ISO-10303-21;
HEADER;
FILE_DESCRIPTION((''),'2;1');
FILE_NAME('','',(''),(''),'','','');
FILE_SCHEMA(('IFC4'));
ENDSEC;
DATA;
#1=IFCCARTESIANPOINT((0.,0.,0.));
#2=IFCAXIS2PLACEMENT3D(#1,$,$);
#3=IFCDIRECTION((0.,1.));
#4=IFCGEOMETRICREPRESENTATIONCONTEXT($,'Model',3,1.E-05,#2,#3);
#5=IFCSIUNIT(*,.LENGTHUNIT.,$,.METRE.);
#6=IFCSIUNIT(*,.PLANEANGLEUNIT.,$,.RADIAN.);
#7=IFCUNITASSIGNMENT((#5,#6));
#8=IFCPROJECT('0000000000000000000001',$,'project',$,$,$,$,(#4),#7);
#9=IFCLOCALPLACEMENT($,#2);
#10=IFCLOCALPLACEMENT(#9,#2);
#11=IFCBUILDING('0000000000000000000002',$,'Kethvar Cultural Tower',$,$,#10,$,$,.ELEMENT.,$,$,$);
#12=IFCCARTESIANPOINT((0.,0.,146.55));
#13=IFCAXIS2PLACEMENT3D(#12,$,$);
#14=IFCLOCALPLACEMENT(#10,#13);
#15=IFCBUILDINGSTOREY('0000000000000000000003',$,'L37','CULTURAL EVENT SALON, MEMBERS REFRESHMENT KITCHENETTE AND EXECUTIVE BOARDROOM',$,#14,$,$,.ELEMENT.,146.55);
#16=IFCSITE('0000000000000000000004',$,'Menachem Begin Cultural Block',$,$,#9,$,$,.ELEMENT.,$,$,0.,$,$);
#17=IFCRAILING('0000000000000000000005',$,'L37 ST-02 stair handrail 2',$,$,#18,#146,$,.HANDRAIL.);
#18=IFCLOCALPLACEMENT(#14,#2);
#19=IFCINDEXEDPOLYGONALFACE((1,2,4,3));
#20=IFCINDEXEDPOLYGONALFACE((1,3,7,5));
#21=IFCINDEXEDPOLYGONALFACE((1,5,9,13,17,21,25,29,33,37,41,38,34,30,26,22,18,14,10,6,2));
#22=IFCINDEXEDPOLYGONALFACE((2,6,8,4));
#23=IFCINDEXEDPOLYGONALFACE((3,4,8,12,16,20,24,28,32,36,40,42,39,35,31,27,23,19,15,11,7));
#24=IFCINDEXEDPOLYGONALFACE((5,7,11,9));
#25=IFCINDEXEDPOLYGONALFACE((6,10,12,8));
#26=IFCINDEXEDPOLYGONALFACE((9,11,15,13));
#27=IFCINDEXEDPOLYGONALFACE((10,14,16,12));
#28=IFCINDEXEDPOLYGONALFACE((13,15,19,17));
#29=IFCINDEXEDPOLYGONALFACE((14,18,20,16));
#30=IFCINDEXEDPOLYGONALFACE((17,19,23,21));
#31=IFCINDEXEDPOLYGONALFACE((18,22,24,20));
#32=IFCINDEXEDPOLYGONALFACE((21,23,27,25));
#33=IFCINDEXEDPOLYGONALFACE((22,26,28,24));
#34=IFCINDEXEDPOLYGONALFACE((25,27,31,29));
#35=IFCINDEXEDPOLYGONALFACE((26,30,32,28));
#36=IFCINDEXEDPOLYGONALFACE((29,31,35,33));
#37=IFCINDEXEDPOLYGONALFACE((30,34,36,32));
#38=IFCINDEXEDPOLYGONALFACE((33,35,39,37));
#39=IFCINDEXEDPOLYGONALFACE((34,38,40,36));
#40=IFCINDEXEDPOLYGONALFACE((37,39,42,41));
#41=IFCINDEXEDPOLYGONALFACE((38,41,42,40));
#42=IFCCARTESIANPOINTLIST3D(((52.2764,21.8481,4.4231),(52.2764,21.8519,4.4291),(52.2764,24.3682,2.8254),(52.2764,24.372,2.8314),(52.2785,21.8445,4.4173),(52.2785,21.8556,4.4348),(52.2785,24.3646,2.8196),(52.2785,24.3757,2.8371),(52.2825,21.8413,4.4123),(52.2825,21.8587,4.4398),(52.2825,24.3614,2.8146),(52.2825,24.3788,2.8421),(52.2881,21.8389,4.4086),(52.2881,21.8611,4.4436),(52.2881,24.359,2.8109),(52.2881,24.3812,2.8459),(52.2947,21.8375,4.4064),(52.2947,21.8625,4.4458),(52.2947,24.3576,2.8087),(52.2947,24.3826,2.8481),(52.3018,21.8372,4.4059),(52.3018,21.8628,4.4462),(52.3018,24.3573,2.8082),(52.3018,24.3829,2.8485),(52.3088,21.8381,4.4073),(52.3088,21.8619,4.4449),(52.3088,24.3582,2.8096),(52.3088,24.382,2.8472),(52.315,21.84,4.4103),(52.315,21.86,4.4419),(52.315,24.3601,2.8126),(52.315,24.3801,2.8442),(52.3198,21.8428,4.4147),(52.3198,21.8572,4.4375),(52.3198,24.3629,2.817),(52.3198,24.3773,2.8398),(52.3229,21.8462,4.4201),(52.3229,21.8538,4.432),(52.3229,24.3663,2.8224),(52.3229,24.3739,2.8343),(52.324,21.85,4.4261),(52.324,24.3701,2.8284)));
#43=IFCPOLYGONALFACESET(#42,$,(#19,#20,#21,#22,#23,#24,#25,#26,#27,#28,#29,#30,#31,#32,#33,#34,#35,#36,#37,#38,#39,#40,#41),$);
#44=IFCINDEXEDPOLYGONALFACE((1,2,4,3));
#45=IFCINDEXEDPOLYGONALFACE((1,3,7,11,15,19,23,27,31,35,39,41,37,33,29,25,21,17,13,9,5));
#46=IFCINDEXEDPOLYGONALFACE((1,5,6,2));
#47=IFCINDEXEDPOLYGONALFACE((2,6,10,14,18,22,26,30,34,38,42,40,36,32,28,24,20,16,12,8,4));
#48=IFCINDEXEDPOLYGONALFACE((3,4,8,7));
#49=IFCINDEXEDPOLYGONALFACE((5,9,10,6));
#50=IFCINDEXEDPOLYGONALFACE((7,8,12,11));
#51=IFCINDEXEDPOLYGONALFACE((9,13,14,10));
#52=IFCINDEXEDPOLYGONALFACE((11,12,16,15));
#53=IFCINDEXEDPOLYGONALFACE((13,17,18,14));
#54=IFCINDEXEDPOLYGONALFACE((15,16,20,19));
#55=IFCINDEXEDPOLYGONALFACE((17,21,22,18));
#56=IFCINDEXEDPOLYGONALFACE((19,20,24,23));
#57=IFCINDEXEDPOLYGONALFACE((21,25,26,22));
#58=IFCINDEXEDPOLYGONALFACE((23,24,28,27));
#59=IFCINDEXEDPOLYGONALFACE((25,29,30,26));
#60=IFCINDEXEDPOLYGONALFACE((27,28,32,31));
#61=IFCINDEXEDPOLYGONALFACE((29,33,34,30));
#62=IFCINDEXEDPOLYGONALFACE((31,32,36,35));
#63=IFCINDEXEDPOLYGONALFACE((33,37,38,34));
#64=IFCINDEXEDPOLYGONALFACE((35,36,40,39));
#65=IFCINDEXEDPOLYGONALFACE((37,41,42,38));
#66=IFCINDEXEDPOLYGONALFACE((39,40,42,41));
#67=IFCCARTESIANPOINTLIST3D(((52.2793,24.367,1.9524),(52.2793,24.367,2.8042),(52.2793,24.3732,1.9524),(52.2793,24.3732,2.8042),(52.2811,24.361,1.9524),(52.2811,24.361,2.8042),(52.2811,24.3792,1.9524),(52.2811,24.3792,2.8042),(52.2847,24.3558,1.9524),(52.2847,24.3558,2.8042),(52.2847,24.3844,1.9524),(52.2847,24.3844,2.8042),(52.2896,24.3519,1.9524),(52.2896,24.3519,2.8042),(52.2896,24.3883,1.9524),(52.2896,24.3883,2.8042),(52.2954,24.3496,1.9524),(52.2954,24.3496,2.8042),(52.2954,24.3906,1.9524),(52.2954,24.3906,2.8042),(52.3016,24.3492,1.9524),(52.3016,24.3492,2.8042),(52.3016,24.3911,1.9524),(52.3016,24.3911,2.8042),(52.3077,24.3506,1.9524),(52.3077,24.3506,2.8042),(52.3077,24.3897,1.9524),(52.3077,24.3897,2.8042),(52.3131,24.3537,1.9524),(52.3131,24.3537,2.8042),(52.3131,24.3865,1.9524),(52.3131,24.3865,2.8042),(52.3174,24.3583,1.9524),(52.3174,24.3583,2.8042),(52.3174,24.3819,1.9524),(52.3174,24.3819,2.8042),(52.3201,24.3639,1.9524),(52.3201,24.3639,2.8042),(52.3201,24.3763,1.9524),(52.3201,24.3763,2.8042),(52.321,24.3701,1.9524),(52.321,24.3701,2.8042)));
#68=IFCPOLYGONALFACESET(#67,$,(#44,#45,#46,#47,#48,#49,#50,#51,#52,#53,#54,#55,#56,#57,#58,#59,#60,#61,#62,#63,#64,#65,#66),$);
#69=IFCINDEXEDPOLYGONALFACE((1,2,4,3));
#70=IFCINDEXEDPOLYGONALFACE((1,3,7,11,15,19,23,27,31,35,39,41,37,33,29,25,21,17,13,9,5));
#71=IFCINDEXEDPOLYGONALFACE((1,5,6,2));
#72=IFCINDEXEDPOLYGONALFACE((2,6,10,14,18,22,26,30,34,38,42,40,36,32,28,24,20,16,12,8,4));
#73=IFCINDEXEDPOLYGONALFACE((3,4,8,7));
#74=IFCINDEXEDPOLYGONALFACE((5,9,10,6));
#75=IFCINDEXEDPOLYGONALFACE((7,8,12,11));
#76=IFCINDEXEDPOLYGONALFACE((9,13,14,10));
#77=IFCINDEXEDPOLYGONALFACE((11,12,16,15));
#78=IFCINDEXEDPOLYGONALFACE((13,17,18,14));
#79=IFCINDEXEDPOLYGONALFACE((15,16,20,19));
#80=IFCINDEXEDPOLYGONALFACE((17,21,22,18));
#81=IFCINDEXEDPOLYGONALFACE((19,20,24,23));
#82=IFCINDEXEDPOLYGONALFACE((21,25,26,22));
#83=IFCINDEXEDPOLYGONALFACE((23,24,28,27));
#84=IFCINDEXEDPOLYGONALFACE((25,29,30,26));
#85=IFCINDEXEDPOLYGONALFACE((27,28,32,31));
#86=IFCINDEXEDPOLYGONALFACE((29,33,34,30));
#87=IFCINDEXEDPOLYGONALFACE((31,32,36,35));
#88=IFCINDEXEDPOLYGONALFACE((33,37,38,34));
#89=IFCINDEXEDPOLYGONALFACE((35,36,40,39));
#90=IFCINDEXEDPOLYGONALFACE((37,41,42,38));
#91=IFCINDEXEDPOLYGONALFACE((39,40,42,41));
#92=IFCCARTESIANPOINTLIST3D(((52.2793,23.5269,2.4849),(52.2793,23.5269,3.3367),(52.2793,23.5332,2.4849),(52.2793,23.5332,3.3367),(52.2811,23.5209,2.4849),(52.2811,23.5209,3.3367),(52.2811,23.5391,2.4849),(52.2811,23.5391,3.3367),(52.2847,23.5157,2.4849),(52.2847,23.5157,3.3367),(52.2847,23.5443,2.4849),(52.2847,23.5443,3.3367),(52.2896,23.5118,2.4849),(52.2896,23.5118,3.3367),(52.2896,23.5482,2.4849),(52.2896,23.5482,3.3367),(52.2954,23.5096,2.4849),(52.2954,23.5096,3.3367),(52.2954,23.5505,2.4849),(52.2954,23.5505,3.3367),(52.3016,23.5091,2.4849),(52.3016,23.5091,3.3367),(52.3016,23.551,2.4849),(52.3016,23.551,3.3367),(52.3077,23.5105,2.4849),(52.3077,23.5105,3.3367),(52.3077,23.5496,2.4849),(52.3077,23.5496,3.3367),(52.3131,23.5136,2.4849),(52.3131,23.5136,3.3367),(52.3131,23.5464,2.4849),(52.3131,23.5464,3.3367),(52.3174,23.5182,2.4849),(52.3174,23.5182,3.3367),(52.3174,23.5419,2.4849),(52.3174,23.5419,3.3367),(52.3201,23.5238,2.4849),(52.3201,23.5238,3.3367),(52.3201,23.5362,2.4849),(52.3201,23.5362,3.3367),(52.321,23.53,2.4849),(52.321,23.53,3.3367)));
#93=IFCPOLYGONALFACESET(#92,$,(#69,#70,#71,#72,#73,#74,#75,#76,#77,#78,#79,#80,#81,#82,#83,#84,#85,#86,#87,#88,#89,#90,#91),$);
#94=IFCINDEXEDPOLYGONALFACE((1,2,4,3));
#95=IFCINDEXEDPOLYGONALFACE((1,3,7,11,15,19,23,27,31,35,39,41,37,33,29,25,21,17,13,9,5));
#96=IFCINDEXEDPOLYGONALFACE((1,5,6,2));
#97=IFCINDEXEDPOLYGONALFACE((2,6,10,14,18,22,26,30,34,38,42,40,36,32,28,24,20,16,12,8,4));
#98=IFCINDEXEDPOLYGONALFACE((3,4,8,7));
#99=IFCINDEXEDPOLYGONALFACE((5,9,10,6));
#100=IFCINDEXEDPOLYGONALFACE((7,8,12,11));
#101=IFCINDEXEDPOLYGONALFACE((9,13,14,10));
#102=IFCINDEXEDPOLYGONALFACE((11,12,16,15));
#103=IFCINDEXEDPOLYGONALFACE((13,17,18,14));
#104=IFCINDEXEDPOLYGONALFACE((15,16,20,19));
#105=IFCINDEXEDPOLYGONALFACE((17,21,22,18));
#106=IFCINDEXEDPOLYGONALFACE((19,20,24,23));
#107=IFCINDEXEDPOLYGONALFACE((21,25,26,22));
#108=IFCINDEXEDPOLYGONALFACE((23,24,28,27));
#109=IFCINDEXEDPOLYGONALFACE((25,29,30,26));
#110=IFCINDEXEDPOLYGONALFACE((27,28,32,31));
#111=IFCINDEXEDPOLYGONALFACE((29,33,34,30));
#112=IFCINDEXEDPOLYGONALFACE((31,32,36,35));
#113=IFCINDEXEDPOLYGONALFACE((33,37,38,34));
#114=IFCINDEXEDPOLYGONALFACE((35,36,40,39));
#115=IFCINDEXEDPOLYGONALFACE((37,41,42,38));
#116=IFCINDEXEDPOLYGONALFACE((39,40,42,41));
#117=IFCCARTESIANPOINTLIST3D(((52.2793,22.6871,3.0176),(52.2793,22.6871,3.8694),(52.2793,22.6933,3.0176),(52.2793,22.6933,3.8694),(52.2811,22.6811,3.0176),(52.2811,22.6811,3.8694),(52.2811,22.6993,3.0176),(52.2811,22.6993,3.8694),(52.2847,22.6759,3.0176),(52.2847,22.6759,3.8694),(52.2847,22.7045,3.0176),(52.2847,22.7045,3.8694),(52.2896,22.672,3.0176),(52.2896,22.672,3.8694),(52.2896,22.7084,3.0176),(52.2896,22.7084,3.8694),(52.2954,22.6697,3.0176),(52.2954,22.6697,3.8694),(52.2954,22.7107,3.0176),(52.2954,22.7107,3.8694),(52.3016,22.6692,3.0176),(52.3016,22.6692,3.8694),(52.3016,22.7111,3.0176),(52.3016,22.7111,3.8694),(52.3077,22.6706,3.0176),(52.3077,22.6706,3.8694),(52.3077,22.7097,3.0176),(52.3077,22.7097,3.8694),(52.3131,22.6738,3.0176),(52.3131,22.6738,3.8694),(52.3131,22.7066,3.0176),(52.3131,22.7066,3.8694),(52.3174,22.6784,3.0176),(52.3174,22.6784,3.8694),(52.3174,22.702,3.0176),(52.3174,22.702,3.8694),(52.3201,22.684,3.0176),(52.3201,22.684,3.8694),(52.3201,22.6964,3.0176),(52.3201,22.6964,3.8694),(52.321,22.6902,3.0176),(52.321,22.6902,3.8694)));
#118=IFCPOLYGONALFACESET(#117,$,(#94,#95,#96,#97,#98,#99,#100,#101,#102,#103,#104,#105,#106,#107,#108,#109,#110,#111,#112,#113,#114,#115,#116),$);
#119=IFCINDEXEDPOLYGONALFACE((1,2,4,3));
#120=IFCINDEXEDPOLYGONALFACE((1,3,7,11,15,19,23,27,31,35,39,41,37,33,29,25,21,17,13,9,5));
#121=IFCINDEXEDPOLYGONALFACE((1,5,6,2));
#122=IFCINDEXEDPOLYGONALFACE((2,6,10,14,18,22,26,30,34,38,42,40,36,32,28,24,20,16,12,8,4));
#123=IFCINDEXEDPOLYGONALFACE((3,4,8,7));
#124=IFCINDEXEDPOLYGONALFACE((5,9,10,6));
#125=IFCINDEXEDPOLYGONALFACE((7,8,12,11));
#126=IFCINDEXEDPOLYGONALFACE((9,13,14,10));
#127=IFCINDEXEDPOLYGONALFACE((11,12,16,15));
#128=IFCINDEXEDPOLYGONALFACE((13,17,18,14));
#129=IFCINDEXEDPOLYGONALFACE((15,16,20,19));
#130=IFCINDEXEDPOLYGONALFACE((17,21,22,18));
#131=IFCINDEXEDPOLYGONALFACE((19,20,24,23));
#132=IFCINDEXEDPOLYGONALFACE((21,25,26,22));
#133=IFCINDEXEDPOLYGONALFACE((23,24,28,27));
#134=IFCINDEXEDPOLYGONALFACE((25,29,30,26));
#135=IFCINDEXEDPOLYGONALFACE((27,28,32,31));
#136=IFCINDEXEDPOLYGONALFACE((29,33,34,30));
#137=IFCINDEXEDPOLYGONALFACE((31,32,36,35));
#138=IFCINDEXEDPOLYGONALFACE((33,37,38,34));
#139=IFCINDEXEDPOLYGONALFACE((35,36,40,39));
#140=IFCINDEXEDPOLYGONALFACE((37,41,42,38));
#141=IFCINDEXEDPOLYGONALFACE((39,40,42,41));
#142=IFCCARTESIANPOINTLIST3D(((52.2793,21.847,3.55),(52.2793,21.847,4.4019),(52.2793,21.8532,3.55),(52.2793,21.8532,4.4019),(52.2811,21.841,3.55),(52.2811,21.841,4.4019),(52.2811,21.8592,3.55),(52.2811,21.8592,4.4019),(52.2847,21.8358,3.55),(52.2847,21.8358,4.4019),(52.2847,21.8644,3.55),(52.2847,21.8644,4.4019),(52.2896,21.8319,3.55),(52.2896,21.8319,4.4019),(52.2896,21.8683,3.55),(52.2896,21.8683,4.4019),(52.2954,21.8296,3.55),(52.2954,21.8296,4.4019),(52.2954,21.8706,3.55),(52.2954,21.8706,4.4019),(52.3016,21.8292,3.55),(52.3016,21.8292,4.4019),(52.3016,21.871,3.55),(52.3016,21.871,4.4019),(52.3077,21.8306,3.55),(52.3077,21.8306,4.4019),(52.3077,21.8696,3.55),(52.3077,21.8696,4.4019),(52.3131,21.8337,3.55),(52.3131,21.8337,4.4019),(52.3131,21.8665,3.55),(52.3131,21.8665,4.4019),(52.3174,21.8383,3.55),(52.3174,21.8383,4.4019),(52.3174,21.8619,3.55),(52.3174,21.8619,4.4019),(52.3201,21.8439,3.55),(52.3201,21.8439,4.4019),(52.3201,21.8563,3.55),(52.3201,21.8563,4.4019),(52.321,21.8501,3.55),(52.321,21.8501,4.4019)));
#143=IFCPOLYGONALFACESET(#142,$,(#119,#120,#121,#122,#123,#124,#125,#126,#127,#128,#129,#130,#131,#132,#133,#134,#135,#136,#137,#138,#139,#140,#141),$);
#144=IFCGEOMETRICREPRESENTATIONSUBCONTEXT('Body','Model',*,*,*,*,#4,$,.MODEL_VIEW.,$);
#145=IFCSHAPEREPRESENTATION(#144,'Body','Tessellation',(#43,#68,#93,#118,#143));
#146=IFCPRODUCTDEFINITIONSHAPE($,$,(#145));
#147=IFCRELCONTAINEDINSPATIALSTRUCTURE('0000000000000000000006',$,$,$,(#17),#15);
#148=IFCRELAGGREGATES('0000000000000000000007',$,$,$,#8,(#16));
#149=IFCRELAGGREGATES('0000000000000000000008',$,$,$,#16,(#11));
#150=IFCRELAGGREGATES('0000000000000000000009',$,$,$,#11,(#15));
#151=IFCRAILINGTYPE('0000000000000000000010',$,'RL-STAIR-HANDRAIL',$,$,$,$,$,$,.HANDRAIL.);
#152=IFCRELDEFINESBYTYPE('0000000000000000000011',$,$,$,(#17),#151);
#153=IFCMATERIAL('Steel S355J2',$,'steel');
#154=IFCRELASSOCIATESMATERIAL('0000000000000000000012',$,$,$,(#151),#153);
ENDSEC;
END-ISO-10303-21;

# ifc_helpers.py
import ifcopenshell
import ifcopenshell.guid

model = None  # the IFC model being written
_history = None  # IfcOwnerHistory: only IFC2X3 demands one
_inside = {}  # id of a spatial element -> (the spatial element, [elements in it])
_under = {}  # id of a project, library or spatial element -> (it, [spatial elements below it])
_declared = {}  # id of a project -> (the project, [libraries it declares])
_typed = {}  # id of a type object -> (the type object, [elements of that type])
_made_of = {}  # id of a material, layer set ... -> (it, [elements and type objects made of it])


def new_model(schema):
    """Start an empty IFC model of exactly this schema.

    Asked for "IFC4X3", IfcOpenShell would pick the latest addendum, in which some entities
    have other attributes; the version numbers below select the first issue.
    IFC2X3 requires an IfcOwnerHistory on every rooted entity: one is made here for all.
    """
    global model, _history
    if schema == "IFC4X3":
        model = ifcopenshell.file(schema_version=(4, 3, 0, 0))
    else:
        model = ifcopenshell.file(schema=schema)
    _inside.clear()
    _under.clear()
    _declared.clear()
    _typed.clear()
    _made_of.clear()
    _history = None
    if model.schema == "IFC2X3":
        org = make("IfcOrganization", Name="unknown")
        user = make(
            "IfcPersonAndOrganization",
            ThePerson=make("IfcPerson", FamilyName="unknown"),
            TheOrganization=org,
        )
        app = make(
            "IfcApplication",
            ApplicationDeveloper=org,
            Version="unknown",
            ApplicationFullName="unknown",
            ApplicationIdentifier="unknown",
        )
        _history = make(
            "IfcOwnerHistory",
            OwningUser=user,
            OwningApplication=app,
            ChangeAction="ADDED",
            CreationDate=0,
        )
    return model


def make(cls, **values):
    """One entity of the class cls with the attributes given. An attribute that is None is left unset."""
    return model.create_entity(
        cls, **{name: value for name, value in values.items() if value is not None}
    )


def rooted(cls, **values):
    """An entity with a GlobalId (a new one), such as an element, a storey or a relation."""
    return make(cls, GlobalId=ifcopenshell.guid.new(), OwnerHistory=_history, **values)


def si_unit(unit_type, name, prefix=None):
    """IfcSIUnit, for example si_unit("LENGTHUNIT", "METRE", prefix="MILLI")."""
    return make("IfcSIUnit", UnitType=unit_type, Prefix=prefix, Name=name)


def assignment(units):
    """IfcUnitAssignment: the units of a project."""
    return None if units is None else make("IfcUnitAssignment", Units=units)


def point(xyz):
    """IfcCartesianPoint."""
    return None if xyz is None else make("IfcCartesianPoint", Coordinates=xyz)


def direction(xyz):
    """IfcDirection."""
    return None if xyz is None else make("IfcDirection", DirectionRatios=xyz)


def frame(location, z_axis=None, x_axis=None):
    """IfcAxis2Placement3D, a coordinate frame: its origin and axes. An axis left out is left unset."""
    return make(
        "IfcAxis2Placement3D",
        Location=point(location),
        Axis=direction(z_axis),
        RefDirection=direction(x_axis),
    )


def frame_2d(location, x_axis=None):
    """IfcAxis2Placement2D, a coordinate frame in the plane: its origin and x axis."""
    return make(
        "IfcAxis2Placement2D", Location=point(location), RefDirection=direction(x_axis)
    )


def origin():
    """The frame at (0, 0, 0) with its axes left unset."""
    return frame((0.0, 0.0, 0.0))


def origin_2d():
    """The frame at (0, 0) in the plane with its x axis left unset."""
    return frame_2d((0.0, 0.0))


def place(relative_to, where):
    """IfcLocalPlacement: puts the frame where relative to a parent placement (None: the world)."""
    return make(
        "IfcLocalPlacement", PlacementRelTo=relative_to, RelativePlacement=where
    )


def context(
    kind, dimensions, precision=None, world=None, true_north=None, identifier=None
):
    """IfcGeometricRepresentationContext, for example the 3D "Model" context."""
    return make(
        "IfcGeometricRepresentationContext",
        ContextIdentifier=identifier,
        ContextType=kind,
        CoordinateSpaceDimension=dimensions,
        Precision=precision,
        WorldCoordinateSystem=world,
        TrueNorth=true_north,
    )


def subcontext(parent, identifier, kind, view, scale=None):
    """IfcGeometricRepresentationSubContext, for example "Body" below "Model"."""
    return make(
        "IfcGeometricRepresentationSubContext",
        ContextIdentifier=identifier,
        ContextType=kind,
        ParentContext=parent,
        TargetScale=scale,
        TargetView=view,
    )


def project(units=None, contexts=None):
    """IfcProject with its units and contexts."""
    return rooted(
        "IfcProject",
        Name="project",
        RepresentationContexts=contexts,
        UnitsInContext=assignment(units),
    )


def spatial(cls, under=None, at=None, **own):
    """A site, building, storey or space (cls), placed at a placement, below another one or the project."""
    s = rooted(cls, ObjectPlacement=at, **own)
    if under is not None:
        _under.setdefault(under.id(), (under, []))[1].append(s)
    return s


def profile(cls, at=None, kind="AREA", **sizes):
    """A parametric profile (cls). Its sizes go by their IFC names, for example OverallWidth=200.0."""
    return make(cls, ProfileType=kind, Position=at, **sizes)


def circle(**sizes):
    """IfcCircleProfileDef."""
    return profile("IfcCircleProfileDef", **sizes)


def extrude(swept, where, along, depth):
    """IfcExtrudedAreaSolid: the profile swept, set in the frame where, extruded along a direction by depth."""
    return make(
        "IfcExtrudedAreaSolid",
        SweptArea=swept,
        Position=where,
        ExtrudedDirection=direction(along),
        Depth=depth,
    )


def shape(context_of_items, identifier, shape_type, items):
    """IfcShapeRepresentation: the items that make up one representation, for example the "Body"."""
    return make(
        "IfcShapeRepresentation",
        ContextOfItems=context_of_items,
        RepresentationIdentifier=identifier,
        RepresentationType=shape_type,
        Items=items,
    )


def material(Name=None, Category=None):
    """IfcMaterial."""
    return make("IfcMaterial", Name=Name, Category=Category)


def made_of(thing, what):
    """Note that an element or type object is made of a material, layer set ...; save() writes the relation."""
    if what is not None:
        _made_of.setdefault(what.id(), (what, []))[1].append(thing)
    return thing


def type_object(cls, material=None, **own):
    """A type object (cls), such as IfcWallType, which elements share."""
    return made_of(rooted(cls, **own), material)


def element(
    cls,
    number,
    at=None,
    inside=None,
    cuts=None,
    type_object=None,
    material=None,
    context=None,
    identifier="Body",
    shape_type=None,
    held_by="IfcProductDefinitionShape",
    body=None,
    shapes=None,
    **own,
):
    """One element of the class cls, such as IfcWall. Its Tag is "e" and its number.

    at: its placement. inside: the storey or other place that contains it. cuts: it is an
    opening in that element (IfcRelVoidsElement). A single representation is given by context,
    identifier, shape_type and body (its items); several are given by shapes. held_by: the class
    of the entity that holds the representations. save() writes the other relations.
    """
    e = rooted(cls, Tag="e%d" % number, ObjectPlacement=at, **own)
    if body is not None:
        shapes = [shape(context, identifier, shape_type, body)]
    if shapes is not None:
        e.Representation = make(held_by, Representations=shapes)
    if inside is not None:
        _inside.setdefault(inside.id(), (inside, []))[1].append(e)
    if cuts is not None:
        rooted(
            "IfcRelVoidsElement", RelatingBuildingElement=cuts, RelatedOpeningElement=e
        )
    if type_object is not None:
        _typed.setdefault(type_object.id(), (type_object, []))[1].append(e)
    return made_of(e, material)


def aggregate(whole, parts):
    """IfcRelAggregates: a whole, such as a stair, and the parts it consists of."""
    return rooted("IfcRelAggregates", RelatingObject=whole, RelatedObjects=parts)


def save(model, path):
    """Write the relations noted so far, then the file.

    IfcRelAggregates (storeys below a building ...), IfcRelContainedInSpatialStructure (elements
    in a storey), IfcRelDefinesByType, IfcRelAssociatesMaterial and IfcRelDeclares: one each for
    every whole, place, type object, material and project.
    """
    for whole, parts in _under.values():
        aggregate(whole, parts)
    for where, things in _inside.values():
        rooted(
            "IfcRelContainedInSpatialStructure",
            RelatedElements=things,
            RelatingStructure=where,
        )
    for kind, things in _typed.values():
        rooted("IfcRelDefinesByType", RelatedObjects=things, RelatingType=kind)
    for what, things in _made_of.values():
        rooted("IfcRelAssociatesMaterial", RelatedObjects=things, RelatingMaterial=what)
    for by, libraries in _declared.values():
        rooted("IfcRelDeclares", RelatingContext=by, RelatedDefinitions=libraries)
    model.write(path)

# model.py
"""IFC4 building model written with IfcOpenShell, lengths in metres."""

from ifc_helpers import new_model, si_unit, direction, frame, origin, origin_2d, place, context, subcontext, project, spatial, circle, extrude, material, type_object, element, save


model = new_model("IFC4")

# Units and contexts
model_context = context("Model", 3, precision=1e-05, world=origin(), true_north=direction((0.0, 1.0)))
body_context = subcontext(model_context, "Body", "Model", "MODEL_VIEW")
ifc_project = project(units=[si_unit("LENGTHUNIT", "METRE"), si_unit("PLANEANGLEUNIT", "RADIAN")], contexts=[model_context])

# Site, building, storey
site_placement = place(None, origin())
site = spatial("IfcSite", under=ifc_project, at=site_placement, Name="Menachem Begin Cultural Block", CompositionType="ELEMENT", RefElevation=0.0)
building_placement = place(site_placement, origin())
building = spatial("IfcBuilding", under=site, at=building_placement, Name="Kethvar Cultural Tower", CompositionType="ELEMENT")
storey_placement = place(building_placement, frame((0.0, 0.0, 146.55)))
storey = spatial("IfcBuildingStorey", under=building, at=storey_placement, Name="L37", Description="CULTURAL EVENT SALON, MEMBERS REFRESHMENT KITCHENETTE AND EXECUTIVE BOARDROOM", CompositionType="ELEMENT", Elevation=146.55)

# Shared definitions
ifc_material_1 = material(Name="Steel S355J2", Category="steel")

# Railing
railing_type_1 = type_object("IfcRailingType", Name="RL-STAIR-HANDRAIL", PredefinedType="HANDRAIL", material=ifc_material_1)
railing_1_placement = place(storey_placement, frame((52.3, 24.3701, 1.9524)))
element("IfcRailing", 1, at=railing_1_placement, inside=storey, type_object=railing_type_1, Name="L37 ST-02 stair handrail 2", PredefinedType="HANDRAIL", context=body_context, shape_type="SweptSolid", body=[
    extrude(circle(Radius=0.0239, at=origin_2d()), frame((0.0, 0.0, 0.876), z_axis=(0.0, -0.84457, 0.535445), x_axis=(1.0, 0.0, 0.0)), (0.0, 0.0, 1.0), 2.9839),
    extrude(circle(Radius=0.021, at=origin_2d()), origin(), (0.0, 0.0, 1.0), 0.8518),
    extrude(circle(Radius=0.021, at=origin_2d()), frame((0.0, -0.8401, 0.5325)), (0.0, 0.0, 1.0), 0.8518),
    extrude(circle(Radius=0.021, at=origin_2d()), frame((0.0, -1.6799, 1.0652)), (0.0, 0.0, 1.0), 0.8518),
    extrude(circle(Radius=0.021, at=origin_2d()), frame((0.0, -2.52, 1.5977)), (0.0, 0.0, 1.0), 0.8518),
])

save(model, "model.ifc")
